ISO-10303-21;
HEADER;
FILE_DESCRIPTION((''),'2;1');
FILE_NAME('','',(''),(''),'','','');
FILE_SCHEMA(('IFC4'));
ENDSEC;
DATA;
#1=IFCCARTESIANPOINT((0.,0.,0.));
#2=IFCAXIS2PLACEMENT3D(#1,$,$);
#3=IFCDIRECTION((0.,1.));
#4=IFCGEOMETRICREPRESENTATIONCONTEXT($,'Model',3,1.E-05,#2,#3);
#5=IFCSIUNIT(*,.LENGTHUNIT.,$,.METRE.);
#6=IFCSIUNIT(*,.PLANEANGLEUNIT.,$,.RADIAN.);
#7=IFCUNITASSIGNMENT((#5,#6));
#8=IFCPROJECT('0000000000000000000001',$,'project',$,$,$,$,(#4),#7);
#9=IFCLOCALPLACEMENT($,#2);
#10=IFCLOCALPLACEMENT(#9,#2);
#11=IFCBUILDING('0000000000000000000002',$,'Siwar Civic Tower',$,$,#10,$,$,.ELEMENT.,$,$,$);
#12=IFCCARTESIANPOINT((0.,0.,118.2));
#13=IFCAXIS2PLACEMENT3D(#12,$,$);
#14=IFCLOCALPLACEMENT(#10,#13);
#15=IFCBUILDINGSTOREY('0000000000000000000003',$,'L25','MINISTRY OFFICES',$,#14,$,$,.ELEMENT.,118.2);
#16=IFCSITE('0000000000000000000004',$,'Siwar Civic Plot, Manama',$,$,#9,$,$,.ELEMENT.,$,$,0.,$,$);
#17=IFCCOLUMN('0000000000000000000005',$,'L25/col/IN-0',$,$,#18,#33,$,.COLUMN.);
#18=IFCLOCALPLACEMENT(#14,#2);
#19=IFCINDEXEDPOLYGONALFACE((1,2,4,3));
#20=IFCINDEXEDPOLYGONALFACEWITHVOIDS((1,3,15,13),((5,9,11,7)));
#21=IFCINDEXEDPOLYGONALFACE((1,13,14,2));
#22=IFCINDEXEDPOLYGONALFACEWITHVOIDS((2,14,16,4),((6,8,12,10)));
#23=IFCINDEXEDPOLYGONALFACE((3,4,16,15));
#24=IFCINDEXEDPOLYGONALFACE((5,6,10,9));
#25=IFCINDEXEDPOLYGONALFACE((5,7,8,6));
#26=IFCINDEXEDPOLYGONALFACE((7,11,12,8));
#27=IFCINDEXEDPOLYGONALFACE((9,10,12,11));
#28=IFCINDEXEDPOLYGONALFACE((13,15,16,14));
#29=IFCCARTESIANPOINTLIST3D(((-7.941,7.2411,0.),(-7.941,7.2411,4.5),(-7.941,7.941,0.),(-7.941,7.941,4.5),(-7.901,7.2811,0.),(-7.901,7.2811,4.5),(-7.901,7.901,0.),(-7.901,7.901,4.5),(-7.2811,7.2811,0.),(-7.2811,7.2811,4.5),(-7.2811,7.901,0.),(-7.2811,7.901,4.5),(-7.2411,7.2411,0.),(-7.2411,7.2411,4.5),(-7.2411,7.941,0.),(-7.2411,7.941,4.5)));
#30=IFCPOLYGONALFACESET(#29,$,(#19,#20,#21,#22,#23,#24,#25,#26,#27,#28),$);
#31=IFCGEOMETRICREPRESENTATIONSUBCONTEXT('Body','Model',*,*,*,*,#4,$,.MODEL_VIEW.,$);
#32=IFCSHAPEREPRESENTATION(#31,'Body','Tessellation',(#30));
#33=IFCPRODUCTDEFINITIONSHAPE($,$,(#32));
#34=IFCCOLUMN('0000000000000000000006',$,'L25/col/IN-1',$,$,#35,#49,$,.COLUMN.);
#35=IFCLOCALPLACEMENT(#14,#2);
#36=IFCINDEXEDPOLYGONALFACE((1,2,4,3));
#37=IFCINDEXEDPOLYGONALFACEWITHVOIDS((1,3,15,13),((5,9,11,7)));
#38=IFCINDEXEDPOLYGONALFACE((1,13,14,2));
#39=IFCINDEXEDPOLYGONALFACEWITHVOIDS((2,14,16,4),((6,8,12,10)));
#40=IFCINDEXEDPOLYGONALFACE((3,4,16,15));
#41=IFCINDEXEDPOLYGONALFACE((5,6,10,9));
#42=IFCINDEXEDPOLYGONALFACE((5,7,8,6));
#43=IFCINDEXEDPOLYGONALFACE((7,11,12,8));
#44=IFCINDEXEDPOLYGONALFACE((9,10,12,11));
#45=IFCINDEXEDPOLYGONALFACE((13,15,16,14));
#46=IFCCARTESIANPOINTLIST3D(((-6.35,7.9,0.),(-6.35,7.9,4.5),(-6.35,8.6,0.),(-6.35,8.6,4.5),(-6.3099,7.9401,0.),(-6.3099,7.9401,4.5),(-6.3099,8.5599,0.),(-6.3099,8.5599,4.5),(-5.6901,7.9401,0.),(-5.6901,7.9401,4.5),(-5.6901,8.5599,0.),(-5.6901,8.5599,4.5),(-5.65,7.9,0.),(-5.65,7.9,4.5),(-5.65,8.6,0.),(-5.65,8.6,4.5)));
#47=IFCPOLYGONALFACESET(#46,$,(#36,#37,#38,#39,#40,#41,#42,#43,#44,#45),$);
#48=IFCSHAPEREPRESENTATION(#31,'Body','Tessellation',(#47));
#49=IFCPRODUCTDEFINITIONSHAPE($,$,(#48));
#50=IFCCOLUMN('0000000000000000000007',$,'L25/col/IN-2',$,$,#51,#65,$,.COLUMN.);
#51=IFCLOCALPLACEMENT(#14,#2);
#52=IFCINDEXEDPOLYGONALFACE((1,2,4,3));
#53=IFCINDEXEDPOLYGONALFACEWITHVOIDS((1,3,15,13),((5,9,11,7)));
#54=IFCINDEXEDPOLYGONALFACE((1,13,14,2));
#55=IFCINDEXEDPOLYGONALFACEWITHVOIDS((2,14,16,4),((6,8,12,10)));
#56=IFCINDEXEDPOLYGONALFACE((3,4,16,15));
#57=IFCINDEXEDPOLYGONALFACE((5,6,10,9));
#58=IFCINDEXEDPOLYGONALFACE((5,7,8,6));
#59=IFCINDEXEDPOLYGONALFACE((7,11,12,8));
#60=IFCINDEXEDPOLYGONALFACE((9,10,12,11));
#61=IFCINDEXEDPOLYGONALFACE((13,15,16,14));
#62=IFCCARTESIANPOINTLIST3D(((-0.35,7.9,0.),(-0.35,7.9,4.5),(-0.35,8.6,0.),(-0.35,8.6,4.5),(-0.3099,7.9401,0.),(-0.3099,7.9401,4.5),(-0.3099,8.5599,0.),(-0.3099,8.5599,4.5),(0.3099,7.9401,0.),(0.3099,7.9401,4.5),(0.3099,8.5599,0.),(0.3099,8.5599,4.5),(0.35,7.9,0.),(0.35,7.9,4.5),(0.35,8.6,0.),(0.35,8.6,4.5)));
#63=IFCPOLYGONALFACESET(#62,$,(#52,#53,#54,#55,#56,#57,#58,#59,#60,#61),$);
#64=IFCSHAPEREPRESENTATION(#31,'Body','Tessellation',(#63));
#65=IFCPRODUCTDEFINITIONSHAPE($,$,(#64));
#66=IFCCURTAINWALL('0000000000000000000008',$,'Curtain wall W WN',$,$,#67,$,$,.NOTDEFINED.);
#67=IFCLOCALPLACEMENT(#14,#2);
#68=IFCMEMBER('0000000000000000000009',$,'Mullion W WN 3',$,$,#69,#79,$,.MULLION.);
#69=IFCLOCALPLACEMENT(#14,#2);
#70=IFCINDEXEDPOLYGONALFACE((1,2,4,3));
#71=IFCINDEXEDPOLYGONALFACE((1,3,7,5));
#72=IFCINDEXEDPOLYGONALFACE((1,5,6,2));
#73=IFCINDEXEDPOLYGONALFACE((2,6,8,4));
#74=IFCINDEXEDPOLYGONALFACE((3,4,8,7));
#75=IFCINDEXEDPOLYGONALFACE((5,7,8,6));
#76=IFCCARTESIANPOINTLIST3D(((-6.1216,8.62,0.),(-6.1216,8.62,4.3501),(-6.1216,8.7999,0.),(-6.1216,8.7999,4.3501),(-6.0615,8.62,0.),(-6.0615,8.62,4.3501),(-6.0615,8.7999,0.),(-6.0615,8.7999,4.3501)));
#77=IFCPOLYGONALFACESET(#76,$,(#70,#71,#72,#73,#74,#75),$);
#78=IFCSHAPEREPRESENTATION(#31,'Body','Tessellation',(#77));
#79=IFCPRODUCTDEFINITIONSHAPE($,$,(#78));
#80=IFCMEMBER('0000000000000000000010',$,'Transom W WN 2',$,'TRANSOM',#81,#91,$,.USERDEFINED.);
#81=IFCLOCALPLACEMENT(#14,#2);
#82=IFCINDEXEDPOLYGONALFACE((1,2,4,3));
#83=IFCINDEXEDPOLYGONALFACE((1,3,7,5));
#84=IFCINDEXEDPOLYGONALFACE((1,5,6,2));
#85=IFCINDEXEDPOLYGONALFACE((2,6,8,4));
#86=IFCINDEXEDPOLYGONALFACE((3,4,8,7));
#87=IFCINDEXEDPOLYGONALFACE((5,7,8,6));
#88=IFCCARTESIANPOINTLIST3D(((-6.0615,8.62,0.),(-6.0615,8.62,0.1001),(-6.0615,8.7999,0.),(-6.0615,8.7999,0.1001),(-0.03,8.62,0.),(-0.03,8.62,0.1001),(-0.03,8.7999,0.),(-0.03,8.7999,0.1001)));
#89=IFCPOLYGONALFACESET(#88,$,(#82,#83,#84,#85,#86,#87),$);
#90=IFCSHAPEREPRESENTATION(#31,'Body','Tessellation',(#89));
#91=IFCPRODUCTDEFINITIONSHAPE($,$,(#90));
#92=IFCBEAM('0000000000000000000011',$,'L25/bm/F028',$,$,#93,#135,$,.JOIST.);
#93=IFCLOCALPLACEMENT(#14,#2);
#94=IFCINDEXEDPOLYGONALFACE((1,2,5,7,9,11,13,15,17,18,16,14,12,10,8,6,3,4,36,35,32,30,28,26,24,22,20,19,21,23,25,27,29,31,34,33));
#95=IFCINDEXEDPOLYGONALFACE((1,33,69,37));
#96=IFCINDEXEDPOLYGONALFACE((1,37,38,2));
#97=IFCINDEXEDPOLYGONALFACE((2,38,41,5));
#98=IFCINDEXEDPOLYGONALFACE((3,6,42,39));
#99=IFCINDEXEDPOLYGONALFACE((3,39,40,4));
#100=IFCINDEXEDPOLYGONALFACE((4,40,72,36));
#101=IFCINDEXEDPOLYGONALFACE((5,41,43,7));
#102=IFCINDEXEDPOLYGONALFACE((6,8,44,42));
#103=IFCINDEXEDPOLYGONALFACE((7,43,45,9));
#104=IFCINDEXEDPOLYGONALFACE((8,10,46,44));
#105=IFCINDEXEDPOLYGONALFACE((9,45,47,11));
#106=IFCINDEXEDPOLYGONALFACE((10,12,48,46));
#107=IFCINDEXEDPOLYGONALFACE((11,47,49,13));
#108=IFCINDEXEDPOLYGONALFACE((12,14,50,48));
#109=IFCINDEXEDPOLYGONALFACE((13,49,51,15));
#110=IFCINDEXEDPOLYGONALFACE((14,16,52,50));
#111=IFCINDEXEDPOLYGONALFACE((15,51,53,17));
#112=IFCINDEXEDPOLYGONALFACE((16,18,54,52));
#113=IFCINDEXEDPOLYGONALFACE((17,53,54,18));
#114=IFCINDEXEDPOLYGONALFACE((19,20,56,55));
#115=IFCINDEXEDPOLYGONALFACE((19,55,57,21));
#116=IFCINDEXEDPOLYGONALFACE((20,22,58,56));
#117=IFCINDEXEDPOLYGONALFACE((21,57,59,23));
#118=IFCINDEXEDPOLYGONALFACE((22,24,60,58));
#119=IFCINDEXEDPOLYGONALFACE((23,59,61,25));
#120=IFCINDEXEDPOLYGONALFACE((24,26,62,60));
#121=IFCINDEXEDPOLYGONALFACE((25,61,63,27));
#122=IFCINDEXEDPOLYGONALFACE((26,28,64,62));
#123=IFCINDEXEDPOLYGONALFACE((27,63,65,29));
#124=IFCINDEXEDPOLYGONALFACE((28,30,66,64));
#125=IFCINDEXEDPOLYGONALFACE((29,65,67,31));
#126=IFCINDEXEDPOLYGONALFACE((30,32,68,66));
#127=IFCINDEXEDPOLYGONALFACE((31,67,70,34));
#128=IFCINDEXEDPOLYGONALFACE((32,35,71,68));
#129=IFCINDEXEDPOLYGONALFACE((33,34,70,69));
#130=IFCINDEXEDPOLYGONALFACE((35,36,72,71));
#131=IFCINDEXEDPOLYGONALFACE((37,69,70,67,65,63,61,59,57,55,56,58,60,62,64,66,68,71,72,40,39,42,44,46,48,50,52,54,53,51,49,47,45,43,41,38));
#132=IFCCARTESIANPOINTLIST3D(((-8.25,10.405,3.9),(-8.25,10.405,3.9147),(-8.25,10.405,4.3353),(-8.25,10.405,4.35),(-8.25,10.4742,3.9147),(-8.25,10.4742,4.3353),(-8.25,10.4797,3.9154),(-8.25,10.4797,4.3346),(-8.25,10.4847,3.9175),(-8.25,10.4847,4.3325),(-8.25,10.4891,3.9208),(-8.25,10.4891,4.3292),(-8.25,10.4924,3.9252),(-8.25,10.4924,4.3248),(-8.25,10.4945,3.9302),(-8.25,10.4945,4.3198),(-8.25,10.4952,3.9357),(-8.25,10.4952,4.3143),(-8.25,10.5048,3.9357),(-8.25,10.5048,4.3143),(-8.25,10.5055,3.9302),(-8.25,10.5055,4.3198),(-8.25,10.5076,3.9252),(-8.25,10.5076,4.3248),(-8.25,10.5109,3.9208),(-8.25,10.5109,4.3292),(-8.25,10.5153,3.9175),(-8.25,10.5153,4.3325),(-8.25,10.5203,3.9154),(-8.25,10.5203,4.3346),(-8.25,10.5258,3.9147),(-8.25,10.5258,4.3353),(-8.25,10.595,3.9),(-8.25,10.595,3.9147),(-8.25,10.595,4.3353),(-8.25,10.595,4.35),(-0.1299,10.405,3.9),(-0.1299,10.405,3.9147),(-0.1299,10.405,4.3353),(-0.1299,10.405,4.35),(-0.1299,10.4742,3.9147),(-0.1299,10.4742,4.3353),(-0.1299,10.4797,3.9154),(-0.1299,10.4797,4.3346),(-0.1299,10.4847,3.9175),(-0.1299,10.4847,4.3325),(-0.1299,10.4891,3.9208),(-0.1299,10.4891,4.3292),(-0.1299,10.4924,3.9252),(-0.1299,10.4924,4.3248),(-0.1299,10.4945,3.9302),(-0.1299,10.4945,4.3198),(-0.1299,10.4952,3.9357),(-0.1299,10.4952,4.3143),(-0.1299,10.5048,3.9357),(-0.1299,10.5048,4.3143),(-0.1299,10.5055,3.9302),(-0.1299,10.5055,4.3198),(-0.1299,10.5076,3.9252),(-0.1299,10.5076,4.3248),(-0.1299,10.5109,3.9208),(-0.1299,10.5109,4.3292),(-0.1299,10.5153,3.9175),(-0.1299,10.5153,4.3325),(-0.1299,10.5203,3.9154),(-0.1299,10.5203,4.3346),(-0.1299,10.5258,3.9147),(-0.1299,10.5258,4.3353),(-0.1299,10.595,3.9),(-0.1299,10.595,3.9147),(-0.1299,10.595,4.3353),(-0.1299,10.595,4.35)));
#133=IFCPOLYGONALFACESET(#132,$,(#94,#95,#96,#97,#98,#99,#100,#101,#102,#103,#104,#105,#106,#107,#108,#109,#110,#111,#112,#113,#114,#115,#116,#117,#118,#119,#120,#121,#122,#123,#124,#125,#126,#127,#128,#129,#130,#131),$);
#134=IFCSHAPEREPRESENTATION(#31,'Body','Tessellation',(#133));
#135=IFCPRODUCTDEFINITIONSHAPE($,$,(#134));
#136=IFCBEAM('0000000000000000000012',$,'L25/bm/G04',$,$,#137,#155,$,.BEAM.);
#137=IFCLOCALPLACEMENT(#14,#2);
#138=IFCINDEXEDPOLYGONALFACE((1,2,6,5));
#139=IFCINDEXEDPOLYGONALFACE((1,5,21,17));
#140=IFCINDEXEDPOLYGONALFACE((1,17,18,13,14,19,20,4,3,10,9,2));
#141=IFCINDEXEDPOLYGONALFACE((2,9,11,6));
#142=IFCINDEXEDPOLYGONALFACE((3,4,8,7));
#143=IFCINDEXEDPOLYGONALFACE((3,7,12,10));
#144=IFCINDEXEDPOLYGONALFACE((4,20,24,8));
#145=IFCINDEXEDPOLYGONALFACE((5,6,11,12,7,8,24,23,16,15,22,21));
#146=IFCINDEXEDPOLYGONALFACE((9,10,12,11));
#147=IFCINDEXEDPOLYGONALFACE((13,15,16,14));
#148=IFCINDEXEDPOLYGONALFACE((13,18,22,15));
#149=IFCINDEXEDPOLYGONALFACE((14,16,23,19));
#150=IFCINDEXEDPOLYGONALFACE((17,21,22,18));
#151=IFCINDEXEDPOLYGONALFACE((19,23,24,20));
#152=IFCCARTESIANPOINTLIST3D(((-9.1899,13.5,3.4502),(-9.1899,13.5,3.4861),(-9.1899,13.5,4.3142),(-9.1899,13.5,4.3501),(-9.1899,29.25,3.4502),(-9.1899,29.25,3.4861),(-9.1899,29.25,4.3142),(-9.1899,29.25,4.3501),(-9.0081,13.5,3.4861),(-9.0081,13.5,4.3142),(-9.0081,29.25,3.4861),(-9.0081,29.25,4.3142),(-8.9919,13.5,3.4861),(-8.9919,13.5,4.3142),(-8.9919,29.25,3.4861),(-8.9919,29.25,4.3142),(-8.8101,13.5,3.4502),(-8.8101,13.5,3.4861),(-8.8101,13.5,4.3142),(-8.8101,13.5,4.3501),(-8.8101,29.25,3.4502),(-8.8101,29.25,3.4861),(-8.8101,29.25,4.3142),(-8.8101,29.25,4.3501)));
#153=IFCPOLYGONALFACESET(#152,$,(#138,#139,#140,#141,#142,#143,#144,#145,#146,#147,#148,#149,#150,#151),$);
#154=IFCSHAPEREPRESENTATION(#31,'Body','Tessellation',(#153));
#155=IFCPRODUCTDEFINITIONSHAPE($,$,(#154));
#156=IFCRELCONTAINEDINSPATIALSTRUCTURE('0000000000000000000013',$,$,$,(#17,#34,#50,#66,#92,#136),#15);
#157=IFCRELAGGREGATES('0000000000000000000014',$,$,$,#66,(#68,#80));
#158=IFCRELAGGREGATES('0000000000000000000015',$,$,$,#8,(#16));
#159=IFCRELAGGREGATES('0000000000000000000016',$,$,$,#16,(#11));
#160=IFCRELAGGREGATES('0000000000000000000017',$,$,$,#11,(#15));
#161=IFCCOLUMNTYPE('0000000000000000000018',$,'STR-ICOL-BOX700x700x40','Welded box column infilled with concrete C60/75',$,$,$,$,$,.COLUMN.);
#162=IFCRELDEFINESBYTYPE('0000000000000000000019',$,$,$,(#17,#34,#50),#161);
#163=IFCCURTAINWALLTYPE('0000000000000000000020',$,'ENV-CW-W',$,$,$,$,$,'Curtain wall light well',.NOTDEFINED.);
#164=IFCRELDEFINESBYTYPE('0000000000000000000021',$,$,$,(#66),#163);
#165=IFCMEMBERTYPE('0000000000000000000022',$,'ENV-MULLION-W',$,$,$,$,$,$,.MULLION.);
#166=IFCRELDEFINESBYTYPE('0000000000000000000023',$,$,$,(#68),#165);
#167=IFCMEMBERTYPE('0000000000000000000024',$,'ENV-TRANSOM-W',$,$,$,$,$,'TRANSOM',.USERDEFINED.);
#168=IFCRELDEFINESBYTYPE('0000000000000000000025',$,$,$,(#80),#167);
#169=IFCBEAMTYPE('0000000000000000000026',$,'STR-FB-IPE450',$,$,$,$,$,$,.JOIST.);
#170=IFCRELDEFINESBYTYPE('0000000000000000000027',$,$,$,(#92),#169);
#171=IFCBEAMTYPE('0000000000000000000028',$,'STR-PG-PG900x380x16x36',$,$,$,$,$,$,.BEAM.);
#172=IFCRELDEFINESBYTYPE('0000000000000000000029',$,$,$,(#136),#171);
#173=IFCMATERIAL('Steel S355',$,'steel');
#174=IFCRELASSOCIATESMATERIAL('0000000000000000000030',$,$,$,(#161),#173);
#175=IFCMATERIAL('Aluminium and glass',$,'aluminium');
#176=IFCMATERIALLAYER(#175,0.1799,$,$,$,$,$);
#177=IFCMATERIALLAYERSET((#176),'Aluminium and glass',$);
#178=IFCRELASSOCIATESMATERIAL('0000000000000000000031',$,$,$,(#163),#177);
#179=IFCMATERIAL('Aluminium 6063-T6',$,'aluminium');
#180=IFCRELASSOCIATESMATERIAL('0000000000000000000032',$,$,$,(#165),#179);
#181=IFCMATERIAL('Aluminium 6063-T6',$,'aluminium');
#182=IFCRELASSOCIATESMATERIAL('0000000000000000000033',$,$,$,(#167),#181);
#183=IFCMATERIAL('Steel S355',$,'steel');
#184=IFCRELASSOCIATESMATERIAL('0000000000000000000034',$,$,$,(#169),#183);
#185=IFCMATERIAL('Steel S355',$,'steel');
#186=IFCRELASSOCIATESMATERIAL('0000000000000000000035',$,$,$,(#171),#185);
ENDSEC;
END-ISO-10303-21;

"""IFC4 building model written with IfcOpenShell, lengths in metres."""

from ifc_helpers import new_model, si_unit, direction, frame, origin, origin_2d, place, context, subcontext, project, spatial, rectangle, hollow_rectangle, i_section, extrude, material, layer, layer_set, material_profile, profile_set, type_object, element, aggregate, save


model = new_model("IFC4")

# Units and contexts
model_context = context("Model", 3, precision=1e-05, world=origin(), true_north=direction((0.0, 1.0)))
body_context = subcontext(model_context, "Body", "Model", "MODEL_VIEW")
ifc_project = project(units=[si_unit("LENGTHUNIT", "METRE"), si_unit("PLANEANGLEUNIT", "RADIAN")], contexts=[model_context])

# Site, building, storey
site_placement = place(None, origin())
site = spatial("IfcSite", under=ifc_project, at=site_placement, Name="Siwar Civic Plot, Manama", CompositionType="ELEMENT", RefElevation=0.0)
building_placement = place(site_placement, origin())
building = spatial("IfcBuilding", under=site, at=building_placement, Name="Siwar Civic Tower", CompositionType="ELEMENT")
storey_placement = place(building_placement, frame((0.0, 0.0, 118.2)))
storey = spatial("IfcBuildingStorey", under=building, at=storey_placement, Name="L25", Description="MINISTRY OFFICES", CompositionType="ELEMENT", Elevation=118.2)

# Columns
ifc_material_1 = material(Name="Steel S355", Category="steel")
ifc_material_profile_1 = material_profile(ifc_material_1, hollow_rectangle(XDim=0.7, YDim=0.7, WallThickness=0.04, at=origin_2d()), Name="BOX700x700x40")
ifc_profile_set_1 = profile_set([ifc_material_profile_1], Name="Steel S355")
column_type = type_object("IfcColumnType", Name="STR-ICOL-BOX700x700x40", Description="Welded box column infilled with concrete C60/75", PredefinedType="COLUMN", material=ifc_profile_set_1)
for number, where, z_axis, x_axis, name in (
    (1, (-7.5911, 7.5911, 0.0), (0.0, 0.0, 1.0), (1.0, 0.0, 0.0), "L25/col/IN-0"),
    (2, (-6.0, 8.25, 0.0), (0.0, 0.0, 1.0), (1.0, 0.0, 0.0), "L25/col/IN-1"),
    (3, (0.0, 8.25, 0.0), (0.0, 0.0, 1.0), (1.0, 0.0, 0.0), "L25/col/IN-2"),
):
    element("IfcColumn", number, at=place(storey_placement, frame(where, z_axis=z_axis, x_axis=x_axis)), inside=storey, type_object=column_type, Name=name, PredefinedType="COLUMN", context=body_context, shape_type="SweptSolid", body=[
        extrude(hollow_rectangle(XDim=0.7, YDim=0.7, WallThickness=0.04, at=origin_2d()), origin(), (0.0, 0.0, 1.0), 4.5),
    ])

# Curtain wall, members
ifc_material_2 = material(Name="Aluminium and glass", Category="aluminium")
ifc_layer_1 = layer(ifc_material_2, 0.1799)
ifc_layer_set_1 = layer_set([ifc_layer_1], Name="Aluminium and glass")
curtain_wall_type = type_object("IfcCurtainWallType", Name="ENV-CW-W", ElementType="Curtain wall light well", PredefinedType="NOTDEFINED", material=ifc_layer_set_1)
curtain_wall_placement = place(storey_placement, origin())
curtain_wall = element("IfcCurtainWall", 4, at=curtain_wall_placement, inside=storey, type_object=curtain_wall_type, Name="Curtain wall W WN", PredefinedType="NOTDEFINED")
ifc_material_3 = material(Name="Aluminium 6063-T6", Category="aluminium")
ifc_material_profile_2 = material_profile(ifc_material_3, rectangle(XDim=0.1799, YDim=0.0601, at=origin_2d()), Name="AL 180x60")
ifc_profile_set_2 = profile_set([ifc_material_profile_2], Name="Aluminium 6063-T6")
member_type_1 = type_object("IfcMemberType", Name="ENV-MULLION-W", PredefinedType="MULLION", material=ifc_profile_set_2)
member_1_placement = place(storey_placement, frame((-6.0916, 8.71, 0.0), z_axis=(0.0, 0.0, 1.0), x_axis=(0.0, -1.0, 0.0)))
member_1 = element("IfcMember", 5, at=member_1_placement, type_object=member_type_1, Name="Mullion W WN 3", PredefinedType="MULLION", context=body_context, shape_type="SweptSolid", body=[
    extrude(rectangle(XDim=0.1799, YDim=0.0601, at=origin_2d()), origin(), (0.0, 0.0, 1.0), 4.3501),
])
ifc_material_4 = material(Name="Aluminium 6063-T6", Category="aluminium")
ifc_material_profile_3 = material_profile(ifc_material_4, rectangle(XDim=0.1799, YDim=0.1001, at=origin_2d()), Name="AL 180x100")
ifc_profile_set_3 = profile_set([ifc_material_profile_3], Name="Aluminium 6063-T6")
member_type_2 = type_object("IfcMemberType", Name="ENV-TRANSOM-W", ElementType="TRANSOM", PredefinedType="USERDEFINED", material=ifc_profile_set_3)
member_2_placement = place(storey_placement, frame((-0.03, 8.71, 0.05), z_axis=(-1.0, 0.0, 0.0), x_axis=(0.0, -1.0, 0.0)))
member_2 = element("IfcMember", 6, at=member_2_placement, type_object=member_type_2, Name="Transom W WN 2", ObjectType="TRANSOM", PredefinedType="USERDEFINED", context=body_context, shape_type="SweptSolid", body=[
    extrude(rectangle(XDim=0.1799, YDim=0.1001, at=origin_2d()), origin(), (0.0, 0.0, 1.0), 6.0315),
])

# Beams
ifc_material_5 = material(Name="Steel S355", Category="steel")
ifc_material_profile_4 = material_profile(ifc_material_5, i_section(OverallWidth=0.1899, OverallDepth=0.45, WebThickness=0.0095, FlangeThickness=0.0146, FilletRadius=0.021, at=origin_2d()), Name="IPE450")
ifc_profile_set_4 = profile_set([ifc_material_profile_4], Name="Steel S355")
beam_type_1 = type_object("IfcBeamType", Name="STR-FB-IPE450", PredefinedType="JOIST", material=ifc_profile_set_4)
beam_1_placement = place(storey_placement, frame((-8.25, 10.5, 4.125), z_axis=(1.0, 0.0, 0.0), x_axis=(0.0, 1.0, 0.0)))
element("IfcBeam", 7, at=beam_1_placement, inside=storey, type_object=beam_type_1, Name="L25/bm/F028", PredefinedType="JOIST", context=body_context, shape_type="SweptSolid", body=[
    extrude(i_section(OverallWidth=0.1899, OverallDepth=0.45, WebThickness=0.0095, FlangeThickness=0.0146, FilletRadius=0.021, at=origin_2d()), origin(), (0.0, 0.0, 1.0), 8.1201),
])
ifc_material_6 = material(Name="Steel S355", Category="steel")
ifc_material_profile_5 = material_profile(ifc_material_6, i_section(OverallWidth=0.3799, OverallDepth=0.8999, WebThickness=0.0161, FlangeThickness=0.0359, at=origin_2d()), Name="PG900x380x16x36")
ifc_profile_set_5 = profile_set([ifc_material_profile_5], Name="Steel S355")
beam_type_2 = type_object("IfcBeamType", Name="STR-PG-PG900x380x16x36", PredefinedType="BEAM", material=ifc_profile_set_5)
beam_2_placement = place(storey_placement, frame((-9.0, 13.5, 3.9001), z_axis=(0.0, 1.0, 0.0), x_axis=(-1.0, 0.0, 0.0)))
element("IfcBeam", 8, at=beam_2_placement, inside=storey, type_object=beam_type_2, Name="L25/bm/G04", PredefinedType="BEAM", context=body_context, shape_type="SweptSolid", body=[
    extrude(i_section(OverallWidth=0.3799, OverallDepth=0.8999, WebThickness=0.0161, FlangeThickness=0.0359, at=origin_2d()), origin(), (0.0, 0.0, 1.0), 15.75),
])

aggregate(curtain_wall, [member_1, member_2])

save(model, "model.ifc")
